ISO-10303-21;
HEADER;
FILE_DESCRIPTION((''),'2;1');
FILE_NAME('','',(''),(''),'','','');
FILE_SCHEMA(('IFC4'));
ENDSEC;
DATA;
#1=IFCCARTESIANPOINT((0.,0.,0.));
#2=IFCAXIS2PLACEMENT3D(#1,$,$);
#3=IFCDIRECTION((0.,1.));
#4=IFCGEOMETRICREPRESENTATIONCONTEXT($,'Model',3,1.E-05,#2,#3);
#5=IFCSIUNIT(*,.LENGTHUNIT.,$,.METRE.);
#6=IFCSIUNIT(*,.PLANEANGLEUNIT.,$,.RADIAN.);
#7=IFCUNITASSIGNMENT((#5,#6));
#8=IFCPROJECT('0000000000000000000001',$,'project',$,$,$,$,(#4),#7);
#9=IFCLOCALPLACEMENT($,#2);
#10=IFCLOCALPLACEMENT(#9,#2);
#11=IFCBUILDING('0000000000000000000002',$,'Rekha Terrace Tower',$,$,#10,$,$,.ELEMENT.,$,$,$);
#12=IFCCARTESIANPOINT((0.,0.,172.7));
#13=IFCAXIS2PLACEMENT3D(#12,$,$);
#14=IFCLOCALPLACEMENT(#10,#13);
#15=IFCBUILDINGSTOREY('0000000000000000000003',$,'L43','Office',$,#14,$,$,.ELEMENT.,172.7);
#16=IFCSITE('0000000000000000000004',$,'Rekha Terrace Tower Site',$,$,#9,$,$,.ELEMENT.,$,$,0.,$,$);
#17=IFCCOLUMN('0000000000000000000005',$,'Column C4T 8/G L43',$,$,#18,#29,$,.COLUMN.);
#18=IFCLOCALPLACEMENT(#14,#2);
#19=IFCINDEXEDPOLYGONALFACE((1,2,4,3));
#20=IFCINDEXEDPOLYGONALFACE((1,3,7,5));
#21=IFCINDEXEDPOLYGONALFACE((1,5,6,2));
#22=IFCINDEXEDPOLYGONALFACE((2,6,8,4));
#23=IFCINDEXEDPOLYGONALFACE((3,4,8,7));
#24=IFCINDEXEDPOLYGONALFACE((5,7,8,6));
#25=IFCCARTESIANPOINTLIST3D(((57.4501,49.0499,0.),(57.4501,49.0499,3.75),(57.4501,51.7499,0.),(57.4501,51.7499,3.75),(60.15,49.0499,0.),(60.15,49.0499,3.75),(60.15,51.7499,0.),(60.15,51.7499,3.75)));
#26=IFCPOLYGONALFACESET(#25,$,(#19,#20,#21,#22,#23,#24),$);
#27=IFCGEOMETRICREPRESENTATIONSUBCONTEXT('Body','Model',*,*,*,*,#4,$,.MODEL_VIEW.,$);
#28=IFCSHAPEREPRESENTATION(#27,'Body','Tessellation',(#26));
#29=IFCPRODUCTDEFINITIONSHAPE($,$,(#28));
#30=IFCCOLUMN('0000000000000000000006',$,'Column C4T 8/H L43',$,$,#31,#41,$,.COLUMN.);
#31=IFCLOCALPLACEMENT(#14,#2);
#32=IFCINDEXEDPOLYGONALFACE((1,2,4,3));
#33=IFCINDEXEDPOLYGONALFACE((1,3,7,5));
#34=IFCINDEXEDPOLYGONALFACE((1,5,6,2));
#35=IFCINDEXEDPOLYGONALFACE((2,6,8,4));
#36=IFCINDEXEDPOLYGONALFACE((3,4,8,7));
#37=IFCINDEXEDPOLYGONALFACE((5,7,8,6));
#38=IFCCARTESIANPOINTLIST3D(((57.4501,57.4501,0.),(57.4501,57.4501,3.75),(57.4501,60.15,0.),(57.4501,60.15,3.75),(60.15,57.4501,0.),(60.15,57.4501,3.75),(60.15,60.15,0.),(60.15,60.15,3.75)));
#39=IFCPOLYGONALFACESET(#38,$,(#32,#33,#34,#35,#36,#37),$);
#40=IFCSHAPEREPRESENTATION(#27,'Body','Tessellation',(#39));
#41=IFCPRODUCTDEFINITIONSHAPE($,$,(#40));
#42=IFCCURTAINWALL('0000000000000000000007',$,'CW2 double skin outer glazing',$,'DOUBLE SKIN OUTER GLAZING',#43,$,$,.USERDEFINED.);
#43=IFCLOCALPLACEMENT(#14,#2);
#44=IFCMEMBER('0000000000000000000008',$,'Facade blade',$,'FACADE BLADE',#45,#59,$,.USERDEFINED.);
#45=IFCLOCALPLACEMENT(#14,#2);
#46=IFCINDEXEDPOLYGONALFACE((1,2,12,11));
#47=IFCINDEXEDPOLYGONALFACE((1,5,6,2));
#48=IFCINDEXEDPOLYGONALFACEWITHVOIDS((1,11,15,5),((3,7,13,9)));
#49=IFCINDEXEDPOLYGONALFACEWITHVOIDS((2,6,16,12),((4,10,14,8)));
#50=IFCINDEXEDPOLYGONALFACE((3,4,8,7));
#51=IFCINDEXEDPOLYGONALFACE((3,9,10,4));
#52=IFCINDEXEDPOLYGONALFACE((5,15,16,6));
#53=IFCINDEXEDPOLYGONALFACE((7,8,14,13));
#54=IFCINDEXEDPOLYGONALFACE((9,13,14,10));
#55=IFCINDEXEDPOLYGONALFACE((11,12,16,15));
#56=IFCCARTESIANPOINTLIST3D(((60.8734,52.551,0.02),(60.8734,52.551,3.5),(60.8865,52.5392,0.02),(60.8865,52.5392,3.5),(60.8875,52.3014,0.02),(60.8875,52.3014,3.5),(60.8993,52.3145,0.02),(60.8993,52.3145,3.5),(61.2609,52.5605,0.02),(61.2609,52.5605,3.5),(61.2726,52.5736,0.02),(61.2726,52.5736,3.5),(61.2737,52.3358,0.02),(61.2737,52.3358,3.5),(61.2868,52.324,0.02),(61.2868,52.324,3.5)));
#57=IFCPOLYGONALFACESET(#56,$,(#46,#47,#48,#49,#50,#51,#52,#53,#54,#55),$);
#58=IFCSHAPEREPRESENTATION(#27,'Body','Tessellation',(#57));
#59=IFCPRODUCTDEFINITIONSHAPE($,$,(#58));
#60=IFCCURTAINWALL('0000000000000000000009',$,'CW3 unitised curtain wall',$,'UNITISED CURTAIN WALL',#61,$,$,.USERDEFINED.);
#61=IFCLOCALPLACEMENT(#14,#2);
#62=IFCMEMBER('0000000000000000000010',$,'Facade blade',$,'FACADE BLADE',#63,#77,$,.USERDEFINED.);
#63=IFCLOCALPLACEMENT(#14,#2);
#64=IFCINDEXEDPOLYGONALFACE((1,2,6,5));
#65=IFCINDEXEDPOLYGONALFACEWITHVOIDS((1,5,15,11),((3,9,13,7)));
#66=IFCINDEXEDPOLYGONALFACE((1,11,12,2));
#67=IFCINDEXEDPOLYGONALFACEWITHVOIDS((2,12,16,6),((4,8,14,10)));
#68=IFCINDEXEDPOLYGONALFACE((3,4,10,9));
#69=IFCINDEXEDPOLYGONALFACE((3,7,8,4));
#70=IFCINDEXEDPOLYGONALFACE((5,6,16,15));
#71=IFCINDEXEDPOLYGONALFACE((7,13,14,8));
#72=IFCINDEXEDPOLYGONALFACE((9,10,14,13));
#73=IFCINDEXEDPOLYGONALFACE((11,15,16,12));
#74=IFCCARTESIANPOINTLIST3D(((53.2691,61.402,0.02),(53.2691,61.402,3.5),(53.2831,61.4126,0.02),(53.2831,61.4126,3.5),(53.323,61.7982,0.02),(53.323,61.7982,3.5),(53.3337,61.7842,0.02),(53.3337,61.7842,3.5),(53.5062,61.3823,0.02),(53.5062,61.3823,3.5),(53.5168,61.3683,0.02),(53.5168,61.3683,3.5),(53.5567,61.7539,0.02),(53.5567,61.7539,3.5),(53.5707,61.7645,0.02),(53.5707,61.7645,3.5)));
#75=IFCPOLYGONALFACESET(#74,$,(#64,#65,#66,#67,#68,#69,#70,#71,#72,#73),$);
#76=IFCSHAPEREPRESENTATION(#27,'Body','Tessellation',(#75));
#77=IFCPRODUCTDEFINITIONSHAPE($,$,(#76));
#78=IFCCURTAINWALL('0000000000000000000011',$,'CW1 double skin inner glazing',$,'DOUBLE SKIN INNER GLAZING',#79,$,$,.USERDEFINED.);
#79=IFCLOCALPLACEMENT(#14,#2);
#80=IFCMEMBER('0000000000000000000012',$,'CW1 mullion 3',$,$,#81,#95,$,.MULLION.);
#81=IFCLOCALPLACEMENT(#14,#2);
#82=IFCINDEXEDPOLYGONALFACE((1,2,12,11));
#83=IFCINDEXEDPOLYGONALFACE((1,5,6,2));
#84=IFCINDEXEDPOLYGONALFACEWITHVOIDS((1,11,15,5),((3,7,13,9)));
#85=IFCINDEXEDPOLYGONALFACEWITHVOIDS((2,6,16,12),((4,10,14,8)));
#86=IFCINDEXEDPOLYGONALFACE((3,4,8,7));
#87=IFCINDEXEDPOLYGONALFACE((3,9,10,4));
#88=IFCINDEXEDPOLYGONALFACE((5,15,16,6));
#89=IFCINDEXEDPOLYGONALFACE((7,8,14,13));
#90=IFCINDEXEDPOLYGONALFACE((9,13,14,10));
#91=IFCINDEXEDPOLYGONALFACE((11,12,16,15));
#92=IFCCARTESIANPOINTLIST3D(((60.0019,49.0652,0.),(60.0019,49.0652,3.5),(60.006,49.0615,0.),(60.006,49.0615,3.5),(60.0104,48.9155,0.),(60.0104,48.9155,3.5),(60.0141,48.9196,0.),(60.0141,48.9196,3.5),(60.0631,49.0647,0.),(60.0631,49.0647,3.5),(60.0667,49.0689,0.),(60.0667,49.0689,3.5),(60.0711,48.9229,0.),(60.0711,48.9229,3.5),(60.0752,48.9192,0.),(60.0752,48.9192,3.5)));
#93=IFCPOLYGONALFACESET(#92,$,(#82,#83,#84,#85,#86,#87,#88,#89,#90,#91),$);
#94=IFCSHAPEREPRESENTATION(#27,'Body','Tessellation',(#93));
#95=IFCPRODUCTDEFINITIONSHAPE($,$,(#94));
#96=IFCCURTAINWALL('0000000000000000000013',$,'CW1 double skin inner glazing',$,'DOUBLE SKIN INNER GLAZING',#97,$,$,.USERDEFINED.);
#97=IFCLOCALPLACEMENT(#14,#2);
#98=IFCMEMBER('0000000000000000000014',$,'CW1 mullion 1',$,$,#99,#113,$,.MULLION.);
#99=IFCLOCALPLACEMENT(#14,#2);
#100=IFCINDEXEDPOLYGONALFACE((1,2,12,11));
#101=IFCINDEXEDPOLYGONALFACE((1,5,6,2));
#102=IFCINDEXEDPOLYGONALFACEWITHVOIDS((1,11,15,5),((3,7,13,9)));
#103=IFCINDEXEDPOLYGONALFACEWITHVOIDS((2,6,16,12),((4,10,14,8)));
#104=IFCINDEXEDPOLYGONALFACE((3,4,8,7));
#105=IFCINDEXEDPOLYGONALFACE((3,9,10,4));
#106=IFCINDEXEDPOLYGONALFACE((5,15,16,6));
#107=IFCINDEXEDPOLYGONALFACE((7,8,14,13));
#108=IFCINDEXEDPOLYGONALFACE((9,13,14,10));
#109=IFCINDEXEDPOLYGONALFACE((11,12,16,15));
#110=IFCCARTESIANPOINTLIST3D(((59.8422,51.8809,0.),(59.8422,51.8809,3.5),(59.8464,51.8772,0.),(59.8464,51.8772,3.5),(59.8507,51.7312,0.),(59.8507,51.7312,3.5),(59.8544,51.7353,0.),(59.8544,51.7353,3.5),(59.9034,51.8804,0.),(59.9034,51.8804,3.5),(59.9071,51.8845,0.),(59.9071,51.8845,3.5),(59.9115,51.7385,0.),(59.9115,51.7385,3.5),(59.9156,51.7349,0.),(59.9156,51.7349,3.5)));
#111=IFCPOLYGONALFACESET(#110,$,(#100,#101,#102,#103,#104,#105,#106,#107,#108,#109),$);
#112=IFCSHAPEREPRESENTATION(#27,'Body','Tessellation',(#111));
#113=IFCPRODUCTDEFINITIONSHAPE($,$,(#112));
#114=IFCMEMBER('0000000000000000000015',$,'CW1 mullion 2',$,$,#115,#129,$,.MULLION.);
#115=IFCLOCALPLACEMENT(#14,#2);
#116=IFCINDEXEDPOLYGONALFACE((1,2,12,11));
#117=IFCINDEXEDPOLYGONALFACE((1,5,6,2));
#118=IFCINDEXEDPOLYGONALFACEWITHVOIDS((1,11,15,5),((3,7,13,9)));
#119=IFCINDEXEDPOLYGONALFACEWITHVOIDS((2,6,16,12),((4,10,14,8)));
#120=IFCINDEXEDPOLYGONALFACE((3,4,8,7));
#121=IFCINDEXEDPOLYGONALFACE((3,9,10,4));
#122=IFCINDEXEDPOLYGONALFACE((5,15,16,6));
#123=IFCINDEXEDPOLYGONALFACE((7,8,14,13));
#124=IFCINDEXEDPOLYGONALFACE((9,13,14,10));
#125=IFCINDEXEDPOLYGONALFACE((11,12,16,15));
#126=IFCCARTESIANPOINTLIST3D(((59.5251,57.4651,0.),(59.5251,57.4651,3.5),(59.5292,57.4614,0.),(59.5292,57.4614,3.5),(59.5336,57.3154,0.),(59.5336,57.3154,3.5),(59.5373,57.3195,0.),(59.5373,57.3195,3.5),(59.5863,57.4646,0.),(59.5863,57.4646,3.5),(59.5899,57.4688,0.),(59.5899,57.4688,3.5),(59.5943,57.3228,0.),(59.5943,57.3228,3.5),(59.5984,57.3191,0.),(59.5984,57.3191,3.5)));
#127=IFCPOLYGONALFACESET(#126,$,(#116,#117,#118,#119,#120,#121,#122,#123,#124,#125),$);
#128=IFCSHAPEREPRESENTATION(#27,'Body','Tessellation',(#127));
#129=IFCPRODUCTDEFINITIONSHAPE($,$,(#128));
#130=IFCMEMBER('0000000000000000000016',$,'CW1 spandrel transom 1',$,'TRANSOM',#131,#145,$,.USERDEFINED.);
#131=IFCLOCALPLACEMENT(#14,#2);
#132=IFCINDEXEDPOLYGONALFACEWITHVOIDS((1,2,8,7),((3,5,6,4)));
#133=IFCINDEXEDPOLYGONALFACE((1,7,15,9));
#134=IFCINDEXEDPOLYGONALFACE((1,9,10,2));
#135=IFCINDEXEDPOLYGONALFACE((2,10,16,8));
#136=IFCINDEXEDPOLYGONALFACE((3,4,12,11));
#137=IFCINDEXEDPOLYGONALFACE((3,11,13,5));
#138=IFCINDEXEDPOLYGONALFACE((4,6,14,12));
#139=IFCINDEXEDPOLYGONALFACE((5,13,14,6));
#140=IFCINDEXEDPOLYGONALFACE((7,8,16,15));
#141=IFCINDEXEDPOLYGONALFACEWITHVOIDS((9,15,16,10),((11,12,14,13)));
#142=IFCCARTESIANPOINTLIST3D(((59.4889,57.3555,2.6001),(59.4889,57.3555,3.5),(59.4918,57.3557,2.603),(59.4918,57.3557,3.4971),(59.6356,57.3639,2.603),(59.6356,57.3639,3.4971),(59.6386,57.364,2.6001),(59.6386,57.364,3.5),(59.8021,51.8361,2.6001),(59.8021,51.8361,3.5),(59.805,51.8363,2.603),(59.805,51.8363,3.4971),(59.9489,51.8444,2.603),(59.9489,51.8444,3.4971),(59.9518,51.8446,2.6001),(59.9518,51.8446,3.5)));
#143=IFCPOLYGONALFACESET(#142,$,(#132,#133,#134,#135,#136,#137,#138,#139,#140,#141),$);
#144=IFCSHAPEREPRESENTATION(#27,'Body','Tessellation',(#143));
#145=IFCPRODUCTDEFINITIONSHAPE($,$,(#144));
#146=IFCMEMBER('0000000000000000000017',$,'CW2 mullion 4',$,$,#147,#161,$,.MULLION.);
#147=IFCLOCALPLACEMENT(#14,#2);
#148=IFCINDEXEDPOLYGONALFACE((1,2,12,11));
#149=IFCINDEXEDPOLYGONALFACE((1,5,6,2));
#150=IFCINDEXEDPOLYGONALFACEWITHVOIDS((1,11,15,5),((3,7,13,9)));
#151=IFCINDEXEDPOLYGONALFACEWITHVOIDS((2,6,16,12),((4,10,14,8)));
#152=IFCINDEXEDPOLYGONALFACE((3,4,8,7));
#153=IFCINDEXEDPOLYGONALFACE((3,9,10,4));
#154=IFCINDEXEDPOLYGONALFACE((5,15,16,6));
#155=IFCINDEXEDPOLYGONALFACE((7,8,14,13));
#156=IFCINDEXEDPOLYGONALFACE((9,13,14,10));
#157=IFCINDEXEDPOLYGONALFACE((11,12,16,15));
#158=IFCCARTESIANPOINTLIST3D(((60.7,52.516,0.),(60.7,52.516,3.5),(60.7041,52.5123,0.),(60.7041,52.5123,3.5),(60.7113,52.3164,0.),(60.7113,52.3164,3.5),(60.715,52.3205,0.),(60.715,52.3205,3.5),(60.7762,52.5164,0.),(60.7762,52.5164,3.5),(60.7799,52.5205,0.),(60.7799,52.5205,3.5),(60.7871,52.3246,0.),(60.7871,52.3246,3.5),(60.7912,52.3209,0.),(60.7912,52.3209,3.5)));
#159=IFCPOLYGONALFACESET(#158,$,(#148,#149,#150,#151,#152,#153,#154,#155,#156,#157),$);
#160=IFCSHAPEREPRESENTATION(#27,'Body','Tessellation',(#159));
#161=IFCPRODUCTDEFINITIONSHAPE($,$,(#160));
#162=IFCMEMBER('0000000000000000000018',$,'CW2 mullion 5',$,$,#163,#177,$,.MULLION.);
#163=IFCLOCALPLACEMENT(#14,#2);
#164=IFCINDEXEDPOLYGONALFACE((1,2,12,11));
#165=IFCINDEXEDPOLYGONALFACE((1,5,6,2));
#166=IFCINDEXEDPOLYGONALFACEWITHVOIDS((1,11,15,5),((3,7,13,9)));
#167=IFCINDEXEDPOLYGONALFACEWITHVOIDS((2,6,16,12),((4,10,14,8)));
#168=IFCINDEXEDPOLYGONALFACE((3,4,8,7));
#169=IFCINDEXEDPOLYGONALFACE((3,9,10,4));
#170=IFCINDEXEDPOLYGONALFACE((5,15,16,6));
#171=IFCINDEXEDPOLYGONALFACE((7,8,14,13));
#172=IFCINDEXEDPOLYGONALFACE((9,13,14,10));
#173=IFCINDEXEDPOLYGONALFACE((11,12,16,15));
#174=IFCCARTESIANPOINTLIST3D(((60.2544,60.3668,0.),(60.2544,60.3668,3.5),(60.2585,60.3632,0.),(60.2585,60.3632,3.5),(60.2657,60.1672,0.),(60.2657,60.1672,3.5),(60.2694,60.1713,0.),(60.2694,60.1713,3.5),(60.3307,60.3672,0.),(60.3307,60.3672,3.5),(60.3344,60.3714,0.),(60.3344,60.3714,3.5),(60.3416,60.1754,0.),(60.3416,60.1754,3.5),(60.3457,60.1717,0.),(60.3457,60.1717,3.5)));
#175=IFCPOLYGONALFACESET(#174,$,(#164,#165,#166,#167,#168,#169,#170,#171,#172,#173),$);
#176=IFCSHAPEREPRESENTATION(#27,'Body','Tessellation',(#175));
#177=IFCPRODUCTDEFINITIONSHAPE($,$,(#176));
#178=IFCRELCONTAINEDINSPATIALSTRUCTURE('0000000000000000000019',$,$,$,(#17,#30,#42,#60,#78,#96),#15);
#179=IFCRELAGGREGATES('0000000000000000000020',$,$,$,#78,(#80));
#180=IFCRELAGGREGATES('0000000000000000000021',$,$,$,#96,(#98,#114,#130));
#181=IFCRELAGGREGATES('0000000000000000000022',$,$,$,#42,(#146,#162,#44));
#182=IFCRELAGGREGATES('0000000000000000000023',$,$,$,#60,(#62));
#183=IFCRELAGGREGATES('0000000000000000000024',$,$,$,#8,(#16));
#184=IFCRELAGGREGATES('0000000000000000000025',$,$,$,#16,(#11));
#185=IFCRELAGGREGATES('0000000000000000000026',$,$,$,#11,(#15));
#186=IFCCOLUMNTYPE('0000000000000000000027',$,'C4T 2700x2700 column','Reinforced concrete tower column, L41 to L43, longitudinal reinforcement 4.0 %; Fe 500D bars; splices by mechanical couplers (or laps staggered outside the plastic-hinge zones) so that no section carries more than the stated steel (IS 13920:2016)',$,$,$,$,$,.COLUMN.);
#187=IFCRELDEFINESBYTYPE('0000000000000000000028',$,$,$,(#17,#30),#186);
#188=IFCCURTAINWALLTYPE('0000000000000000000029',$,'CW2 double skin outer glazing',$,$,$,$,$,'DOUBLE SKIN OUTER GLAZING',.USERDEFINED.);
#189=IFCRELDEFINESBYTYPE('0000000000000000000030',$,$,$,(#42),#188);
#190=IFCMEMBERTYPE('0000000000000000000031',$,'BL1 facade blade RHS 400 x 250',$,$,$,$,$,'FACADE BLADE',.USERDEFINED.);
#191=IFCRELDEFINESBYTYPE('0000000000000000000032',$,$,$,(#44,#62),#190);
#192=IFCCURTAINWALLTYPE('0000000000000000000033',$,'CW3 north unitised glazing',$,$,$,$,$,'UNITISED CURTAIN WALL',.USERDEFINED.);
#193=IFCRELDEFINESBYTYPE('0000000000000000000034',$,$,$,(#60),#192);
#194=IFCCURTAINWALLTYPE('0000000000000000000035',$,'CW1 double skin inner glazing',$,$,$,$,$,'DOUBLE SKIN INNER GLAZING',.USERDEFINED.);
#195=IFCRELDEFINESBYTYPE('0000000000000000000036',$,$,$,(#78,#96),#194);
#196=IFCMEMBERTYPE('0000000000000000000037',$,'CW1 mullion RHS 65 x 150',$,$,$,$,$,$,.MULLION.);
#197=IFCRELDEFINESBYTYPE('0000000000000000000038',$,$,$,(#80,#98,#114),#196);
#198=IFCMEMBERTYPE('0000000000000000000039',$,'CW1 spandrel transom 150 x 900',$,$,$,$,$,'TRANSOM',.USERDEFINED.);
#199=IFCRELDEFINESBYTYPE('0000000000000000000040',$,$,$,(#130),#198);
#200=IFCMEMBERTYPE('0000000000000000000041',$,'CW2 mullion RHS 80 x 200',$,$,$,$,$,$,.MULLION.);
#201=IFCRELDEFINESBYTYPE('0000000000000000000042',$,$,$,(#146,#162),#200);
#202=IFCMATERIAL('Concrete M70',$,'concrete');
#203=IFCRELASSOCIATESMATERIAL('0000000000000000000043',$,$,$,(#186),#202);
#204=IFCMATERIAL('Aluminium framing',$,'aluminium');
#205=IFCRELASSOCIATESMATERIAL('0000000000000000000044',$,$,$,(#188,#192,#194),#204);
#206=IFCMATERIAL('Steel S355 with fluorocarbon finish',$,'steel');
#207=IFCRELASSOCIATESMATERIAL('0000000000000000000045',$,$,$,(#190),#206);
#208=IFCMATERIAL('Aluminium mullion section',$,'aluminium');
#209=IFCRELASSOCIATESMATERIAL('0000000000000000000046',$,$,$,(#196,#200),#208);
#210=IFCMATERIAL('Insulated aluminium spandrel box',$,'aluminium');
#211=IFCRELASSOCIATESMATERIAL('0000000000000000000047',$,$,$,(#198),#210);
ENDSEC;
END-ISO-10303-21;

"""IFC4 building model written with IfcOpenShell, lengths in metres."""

from ifc_helpers import new_model, si_unit, direction, frame, origin, origin_2d, place, context, subcontext, project, spatial, rectangle, hollow_rectangle, extrude, material, material_profile, profile_set, type_object, element, aggregate, save


model = new_model("IFC4")

# Units and contexts
model_context = context("Model", 3, precision=1e-05, world=origin(), true_north=direction((0.0, 1.0)))
body_context = subcontext(model_context, "Body", "Model", "MODEL_VIEW")
ifc_project = project(units=[si_unit("LENGTHUNIT", "METRE"), si_unit("PLANEANGLEUNIT", "RADIAN")], contexts=[model_context])

# Site, building, storey
site_placement = place(None, origin())
site = spatial("IfcSite", under=ifc_project, at=site_placement, Name="Rekha Terrace Tower Site", CompositionType="ELEMENT", RefElevation=0.0)
building_placement = place(site_placement, origin())
building = spatial("IfcBuilding", under=site, at=building_placement, Name="Rekha Terrace Tower", CompositionType="ELEMENT")
storey_placement = place(building_placement, frame((0.0, 0.0, 172.7)))
storey = spatial("IfcBuildingStorey", under=building, at=storey_placement, Name="L43", Description="Office", CompositionType="ELEMENT", Elevation=172.7)

# Columns
ifc_material_1 = material(Name="Concrete M70", Category="concrete")
ifc_material_profile_1 = material_profile(ifc_material_1, rectangle(XDim=2.7, YDim=2.7, at=origin_2d()), Name="RC 2700x2700")
ifc_profile_set_1 = profile_set([ifc_material_profile_1], Name="Concrete M70")
column_type = type_object("IfcColumnType", Name="C4T 2700x2700 column", Description="Reinforced concrete tower column, L41 to L43, longitudinal reinforcement 4.0 %; Fe 500D bars; splices by mechanical couplers (or laps staggered outside the plastic-hinge zones) so that no section carries more than the stated steel (IS 13920:2016)", PredefinedType="COLUMN", material=ifc_profile_set_1)
for number, where, z_axis, x_axis, name in (
    (1, (58.8, 50.3999, 0.0), (0.0, 0.0, 1.0), (1.0, 0.0, 0.0), "Column C4T 8/G L43"),
    (2, (58.8, 58.8, 0.0), (0.0, 0.0, 1.0), (1.0, 0.0, 0.0), "Column C4T 8/H L43"),
):
    element("IfcColumn", number, at=place(storey_placement, frame(where, z_axis=z_axis, x_axis=x_axis)), inside=storey, type_object=column_type, Name=name, PredefinedType="COLUMN", context=body_context, shape_type="SweptSolid", body=[
        extrude(rectangle(XDim=2.7, YDim=2.7, at=origin_2d()), origin(), (0.0, 0.0, 1.0), 3.75),
    ])

# Curtain walls, members
ifc_material_2 = material(Name="Aluminium framing", Category="aluminium")
curtain_wall_type_1 = type_object("IfcCurtainWallType", Name="CW2 double skin outer glazing", ElementType="DOUBLE SKIN OUTER GLAZING", PredefinedType="USERDEFINED", material=ifc_material_2)
curtain_wall_1_placement = place(storey_placement, origin())
curtain_wall_1 = element("IfcCurtainWall", 3, at=curtain_wall_1_placement, inside=storey, type_object=curtain_wall_type_1, Name="CW2 double skin outer glazing", ObjectType="DOUBLE SKIN OUTER GLAZING", PredefinedType="USERDEFINED")
ifc_material_3 = material(Name="Steel S355 with fluorocarbon finish", Category="steel")
ifc_material_profile_2 = material_profile(ifc_material_3, hollow_rectangle(XDim=0.25, YDim=0.3999, WallThickness=0.0125, at=origin_2d()), Name="RHS400x250x12.5")
ifc_profile_set_2 = profile_set([ifc_material_profile_2], Name="Steel S355 with fluorocarbon finish")
member_type_1 = type_object("IfcMemberType", Name="BL1 facade blade RHS 400 x 250", ElementType="FACADE BLADE", PredefinedType="USERDEFINED", material=ifc_profile_set_2)
member_1_placement = place(storey_placement, frame((61.0801, 52.4375, 0.02), z_axis=(0.0, 0.0, 1.0), x_axis=(-0.056674, 0.998393, 0.0)))
member_1 = element("IfcMember", 4, at=member_1_placement, type_object=member_type_1, Name="Facade blade", ObjectType="FACADE BLADE", PredefinedType="USERDEFINED", context=body_context, shape_type="SweptSolid", body=[
    extrude(hollow_rectangle(XDim=0.25, YDim=0.3999, WallThickness=0.0125, at=origin_2d()), origin(), (0.0, 0.0, 1.0), 3.48),
])
curtain_wall_type_2 = type_object("IfcCurtainWallType", Name="CW3 north unitised glazing", ElementType="UNITISED CURTAIN WALL", PredefinedType="USERDEFINED", material=ifc_material_2)
curtain_wall_2_placement = place(storey_placement, origin())
curtain_wall_2 = element("IfcCurtainWall", 5, at=curtain_wall_2_placement, inside=storey, type_object=curtain_wall_type_2, Name="CW3 unitised curtain wall", ObjectType="UNITISED CURTAIN WALL", PredefinedType="USERDEFINED")
member_2_placement = place(storey_placement, frame((53.4199, 61.5833, 0.02), z_axis=(0.0, 0.0, 1.0), x_axis=(-0.990867, 0.134841, 0.0)))
member_2 = element("IfcMember", 6, at=member_2_placement, type_object=member_type_1, Name="Facade blade", ObjectType="FACADE BLADE", PredefinedType="USERDEFINED", context=body_context, shape_type="SweptSolid", body=[
    extrude(hollow_rectangle(XDim=0.25, YDim=0.3999, WallThickness=0.0125, at=origin_2d()), origin(), (0.0, 0.0, 1.0), 3.48),
])
curtain_wall_type_3 = type_object("IfcCurtainWallType", Name="CW1 double skin inner glazing", ElementType="DOUBLE SKIN INNER GLAZING", PredefinedType="USERDEFINED", material=ifc_material_2)
curtain_wall_3_placement = place(storey_placement, origin())
curtain_wall_3 = element("IfcCurtainWall", 7, at=curtain_wall_3_placement, inside=storey, type_object=curtain_wall_type_3, Name="CW1 double skin inner glazing", ObjectType="DOUBLE SKIN INNER GLAZING", PredefinedType="USERDEFINED")
ifc_material_4 = material(Name="Aluminium mullion section", Category="aluminium")
ifc_material_profile_3 = material_profile(ifc_material_4, hollow_rectangle(XDim=0.0649, YDim=0.1499, WallThickness=0.0039, at=origin_2d()), Name="AL RHS 65x150")
ifc_profile_set_3 = profile_set([ifc_material_profile_3], Name="Aluminium mullion section")
member_type_2 = type_object("IfcMemberType", Name="CW1 mullion RHS 65 x 150", PredefinedType="MULLION", material=ifc_profile_set_3)
member_3_placement = place(storey_placement, frame((60.0386, 48.9922, 0.0), z_axis=(0.0, 0.0, 1.0), x_axis=(-0.998393, -0.056673, 0.0)))
member_3 = element("IfcMember", 8, at=member_3_placement, type_object=member_type_2, Name="CW1 mullion 3", PredefinedType="MULLION", context=body_context, shape_type="SweptSolid", body=[
    extrude(hollow_rectangle(XDim=0.0649, YDim=0.1499, WallThickness=0.0039, at=origin_2d()), origin(), (0.0, 0.0, 1.0), 3.5),
])
aggregate(curtain_wall_3, [member_3])

# Curtain wall, members
curtain_wall_4_placement = place(storey_placement, origin())
curtain_wall_4 = element("IfcCurtainWall", 9, at=curtain_wall_4_placement, inside=storey, type_object=curtain_wall_type_3, Name="CW1 double skin inner glazing", ObjectType="DOUBLE SKIN INNER GLAZING", PredefinedType="USERDEFINED")
member_4_placement = place(storey_placement, frame((59.8789, 51.8079, 0.0), z_axis=(0.0, 0.0, 1.0), x_axis=(-0.998393, -0.056673, 0.0)))
member_4 = element("IfcMember", 10, at=member_4_placement, type_object=member_type_2, Name="CW1 mullion 1", PredefinedType="MULLION", context=body_context, shape_type="SweptSolid", body=[
    extrude(hollow_rectangle(XDim=0.0649, YDim=0.1499, WallThickness=0.0039, at=origin_2d()), origin(), (0.0, 0.0, 1.0), 3.5),
])
member_5_placement = place(storey_placement, frame((59.5618, 57.3921, 0.0), z_axis=(0.0, 0.0, 1.0), x_axis=(-0.998393, -0.056673, 0.0)))
member_5 = element("IfcMember", 11, at=member_5_placement, type_object=member_type_2, Name="CW1 mullion 2", PredefinedType="MULLION", context=body_context, shape_type="SweptSolid", body=[
    extrude(hollow_rectangle(XDim=0.0649, YDim=0.1499, WallThickness=0.0039, at=origin_2d()), origin(), (0.0, 0.0, 1.0), 3.5),
])
ifc_material_5 = material(Name="Insulated aluminium spandrel box", Category="aluminium")
ifc_material_profile_4 = material_profile(ifc_material_5, hollow_rectangle(XDim=0.1499, YDim=0.8999, WallThickness=0.0029, at=origin_2d()), Name="AL SPANDREL BOX 150x900")
ifc_profile_set_4 = profile_set([ifc_material_profile_4], Name="Insulated aluminium spandrel box")
member_type_3 = type_object("IfcMemberType", Name="CW1 spandrel transom 150 x 900", ElementType="TRANSOM", PredefinedType="USERDEFINED", material=ifc_profile_set_4)
member_6_placement = place(storey_placement, frame((59.877, 51.8403, 3.05), z_axis=(-0.056659, 0.998394, 0.0), x_axis=(-0.998394, -0.056659, 0.0)))
member_6 = element("IfcMember", 12, at=member_6_placement, type_object=member_type_3, Name="CW1 spandrel transom 1", ObjectType="TRANSOM", PredefinedType="USERDEFINED", context=body_context, shape_type="SweptSolid", body=[
    extrude(hollow_rectangle(XDim=0.1499, YDim=0.8999, WallThickness=0.0029, at=origin_2d()), origin(), (0.0, 0.0, 1.0), 5.5283),
])

# Members
ifc_material_profile_5 = material_profile(ifc_material_4, hollow_rectangle(XDim=0.0801, YDim=0.2, WallThickness=0.0039, at=origin_2d()), Name="AL RHS 80x200")
ifc_profile_set_5 = profile_set([ifc_material_profile_5], Name="Aluminium mullion section")
member_type_4 = type_object("IfcMemberType", Name="CW2 mullion RHS 80 x 200", PredefinedType="MULLION", material=ifc_profile_set_5)
member_7_placement = place(storey_placement, frame((60.7456, 52.4185, 0.0), z_axis=(0.0, 0.0, 1.0), x_axis=(-0.998393, -0.056673, 0.0)))
member_7 = element("IfcMember", 13, at=member_7_placement, type_object=member_type_4, Name="CW2 mullion 4", PredefinedType="MULLION", context=body_context, shape_type="SweptSolid", body=[
    extrude(hollow_rectangle(XDim=0.0801, YDim=0.2, WallThickness=0.0039, at=origin_2d()), origin(), (0.0, 0.0, 1.0), 3.5),
])
member_8_placement = place(storey_placement, frame((60.3, 60.2693, 0.0), z_axis=(0.0, 0.0, 1.0), x_axis=(-0.998393, -0.056673, 0.0)))
member_8 = element("IfcMember", 14, at=member_8_placement, type_object=member_type_4, Name="CW2 mullion 5", PredefinedType="MULLION", context=body_context, shape_type="SweptSolid", body=[
    extrude(hollow_rectangle(XDim=0.0801, YDim=0.2, WallThickness=0.0039, at=origin_2d()), origin(), (0.0, 0.0, 1.0), 3.5),
])

aggregate(curtain_wall_4, [member_4, member_5, member_6])
aggregate(curtain_wall_1, [member_7, member_8, member_1])
aggregate(curtain_wall_2, [member_2])

save(model, "model.ifc")
